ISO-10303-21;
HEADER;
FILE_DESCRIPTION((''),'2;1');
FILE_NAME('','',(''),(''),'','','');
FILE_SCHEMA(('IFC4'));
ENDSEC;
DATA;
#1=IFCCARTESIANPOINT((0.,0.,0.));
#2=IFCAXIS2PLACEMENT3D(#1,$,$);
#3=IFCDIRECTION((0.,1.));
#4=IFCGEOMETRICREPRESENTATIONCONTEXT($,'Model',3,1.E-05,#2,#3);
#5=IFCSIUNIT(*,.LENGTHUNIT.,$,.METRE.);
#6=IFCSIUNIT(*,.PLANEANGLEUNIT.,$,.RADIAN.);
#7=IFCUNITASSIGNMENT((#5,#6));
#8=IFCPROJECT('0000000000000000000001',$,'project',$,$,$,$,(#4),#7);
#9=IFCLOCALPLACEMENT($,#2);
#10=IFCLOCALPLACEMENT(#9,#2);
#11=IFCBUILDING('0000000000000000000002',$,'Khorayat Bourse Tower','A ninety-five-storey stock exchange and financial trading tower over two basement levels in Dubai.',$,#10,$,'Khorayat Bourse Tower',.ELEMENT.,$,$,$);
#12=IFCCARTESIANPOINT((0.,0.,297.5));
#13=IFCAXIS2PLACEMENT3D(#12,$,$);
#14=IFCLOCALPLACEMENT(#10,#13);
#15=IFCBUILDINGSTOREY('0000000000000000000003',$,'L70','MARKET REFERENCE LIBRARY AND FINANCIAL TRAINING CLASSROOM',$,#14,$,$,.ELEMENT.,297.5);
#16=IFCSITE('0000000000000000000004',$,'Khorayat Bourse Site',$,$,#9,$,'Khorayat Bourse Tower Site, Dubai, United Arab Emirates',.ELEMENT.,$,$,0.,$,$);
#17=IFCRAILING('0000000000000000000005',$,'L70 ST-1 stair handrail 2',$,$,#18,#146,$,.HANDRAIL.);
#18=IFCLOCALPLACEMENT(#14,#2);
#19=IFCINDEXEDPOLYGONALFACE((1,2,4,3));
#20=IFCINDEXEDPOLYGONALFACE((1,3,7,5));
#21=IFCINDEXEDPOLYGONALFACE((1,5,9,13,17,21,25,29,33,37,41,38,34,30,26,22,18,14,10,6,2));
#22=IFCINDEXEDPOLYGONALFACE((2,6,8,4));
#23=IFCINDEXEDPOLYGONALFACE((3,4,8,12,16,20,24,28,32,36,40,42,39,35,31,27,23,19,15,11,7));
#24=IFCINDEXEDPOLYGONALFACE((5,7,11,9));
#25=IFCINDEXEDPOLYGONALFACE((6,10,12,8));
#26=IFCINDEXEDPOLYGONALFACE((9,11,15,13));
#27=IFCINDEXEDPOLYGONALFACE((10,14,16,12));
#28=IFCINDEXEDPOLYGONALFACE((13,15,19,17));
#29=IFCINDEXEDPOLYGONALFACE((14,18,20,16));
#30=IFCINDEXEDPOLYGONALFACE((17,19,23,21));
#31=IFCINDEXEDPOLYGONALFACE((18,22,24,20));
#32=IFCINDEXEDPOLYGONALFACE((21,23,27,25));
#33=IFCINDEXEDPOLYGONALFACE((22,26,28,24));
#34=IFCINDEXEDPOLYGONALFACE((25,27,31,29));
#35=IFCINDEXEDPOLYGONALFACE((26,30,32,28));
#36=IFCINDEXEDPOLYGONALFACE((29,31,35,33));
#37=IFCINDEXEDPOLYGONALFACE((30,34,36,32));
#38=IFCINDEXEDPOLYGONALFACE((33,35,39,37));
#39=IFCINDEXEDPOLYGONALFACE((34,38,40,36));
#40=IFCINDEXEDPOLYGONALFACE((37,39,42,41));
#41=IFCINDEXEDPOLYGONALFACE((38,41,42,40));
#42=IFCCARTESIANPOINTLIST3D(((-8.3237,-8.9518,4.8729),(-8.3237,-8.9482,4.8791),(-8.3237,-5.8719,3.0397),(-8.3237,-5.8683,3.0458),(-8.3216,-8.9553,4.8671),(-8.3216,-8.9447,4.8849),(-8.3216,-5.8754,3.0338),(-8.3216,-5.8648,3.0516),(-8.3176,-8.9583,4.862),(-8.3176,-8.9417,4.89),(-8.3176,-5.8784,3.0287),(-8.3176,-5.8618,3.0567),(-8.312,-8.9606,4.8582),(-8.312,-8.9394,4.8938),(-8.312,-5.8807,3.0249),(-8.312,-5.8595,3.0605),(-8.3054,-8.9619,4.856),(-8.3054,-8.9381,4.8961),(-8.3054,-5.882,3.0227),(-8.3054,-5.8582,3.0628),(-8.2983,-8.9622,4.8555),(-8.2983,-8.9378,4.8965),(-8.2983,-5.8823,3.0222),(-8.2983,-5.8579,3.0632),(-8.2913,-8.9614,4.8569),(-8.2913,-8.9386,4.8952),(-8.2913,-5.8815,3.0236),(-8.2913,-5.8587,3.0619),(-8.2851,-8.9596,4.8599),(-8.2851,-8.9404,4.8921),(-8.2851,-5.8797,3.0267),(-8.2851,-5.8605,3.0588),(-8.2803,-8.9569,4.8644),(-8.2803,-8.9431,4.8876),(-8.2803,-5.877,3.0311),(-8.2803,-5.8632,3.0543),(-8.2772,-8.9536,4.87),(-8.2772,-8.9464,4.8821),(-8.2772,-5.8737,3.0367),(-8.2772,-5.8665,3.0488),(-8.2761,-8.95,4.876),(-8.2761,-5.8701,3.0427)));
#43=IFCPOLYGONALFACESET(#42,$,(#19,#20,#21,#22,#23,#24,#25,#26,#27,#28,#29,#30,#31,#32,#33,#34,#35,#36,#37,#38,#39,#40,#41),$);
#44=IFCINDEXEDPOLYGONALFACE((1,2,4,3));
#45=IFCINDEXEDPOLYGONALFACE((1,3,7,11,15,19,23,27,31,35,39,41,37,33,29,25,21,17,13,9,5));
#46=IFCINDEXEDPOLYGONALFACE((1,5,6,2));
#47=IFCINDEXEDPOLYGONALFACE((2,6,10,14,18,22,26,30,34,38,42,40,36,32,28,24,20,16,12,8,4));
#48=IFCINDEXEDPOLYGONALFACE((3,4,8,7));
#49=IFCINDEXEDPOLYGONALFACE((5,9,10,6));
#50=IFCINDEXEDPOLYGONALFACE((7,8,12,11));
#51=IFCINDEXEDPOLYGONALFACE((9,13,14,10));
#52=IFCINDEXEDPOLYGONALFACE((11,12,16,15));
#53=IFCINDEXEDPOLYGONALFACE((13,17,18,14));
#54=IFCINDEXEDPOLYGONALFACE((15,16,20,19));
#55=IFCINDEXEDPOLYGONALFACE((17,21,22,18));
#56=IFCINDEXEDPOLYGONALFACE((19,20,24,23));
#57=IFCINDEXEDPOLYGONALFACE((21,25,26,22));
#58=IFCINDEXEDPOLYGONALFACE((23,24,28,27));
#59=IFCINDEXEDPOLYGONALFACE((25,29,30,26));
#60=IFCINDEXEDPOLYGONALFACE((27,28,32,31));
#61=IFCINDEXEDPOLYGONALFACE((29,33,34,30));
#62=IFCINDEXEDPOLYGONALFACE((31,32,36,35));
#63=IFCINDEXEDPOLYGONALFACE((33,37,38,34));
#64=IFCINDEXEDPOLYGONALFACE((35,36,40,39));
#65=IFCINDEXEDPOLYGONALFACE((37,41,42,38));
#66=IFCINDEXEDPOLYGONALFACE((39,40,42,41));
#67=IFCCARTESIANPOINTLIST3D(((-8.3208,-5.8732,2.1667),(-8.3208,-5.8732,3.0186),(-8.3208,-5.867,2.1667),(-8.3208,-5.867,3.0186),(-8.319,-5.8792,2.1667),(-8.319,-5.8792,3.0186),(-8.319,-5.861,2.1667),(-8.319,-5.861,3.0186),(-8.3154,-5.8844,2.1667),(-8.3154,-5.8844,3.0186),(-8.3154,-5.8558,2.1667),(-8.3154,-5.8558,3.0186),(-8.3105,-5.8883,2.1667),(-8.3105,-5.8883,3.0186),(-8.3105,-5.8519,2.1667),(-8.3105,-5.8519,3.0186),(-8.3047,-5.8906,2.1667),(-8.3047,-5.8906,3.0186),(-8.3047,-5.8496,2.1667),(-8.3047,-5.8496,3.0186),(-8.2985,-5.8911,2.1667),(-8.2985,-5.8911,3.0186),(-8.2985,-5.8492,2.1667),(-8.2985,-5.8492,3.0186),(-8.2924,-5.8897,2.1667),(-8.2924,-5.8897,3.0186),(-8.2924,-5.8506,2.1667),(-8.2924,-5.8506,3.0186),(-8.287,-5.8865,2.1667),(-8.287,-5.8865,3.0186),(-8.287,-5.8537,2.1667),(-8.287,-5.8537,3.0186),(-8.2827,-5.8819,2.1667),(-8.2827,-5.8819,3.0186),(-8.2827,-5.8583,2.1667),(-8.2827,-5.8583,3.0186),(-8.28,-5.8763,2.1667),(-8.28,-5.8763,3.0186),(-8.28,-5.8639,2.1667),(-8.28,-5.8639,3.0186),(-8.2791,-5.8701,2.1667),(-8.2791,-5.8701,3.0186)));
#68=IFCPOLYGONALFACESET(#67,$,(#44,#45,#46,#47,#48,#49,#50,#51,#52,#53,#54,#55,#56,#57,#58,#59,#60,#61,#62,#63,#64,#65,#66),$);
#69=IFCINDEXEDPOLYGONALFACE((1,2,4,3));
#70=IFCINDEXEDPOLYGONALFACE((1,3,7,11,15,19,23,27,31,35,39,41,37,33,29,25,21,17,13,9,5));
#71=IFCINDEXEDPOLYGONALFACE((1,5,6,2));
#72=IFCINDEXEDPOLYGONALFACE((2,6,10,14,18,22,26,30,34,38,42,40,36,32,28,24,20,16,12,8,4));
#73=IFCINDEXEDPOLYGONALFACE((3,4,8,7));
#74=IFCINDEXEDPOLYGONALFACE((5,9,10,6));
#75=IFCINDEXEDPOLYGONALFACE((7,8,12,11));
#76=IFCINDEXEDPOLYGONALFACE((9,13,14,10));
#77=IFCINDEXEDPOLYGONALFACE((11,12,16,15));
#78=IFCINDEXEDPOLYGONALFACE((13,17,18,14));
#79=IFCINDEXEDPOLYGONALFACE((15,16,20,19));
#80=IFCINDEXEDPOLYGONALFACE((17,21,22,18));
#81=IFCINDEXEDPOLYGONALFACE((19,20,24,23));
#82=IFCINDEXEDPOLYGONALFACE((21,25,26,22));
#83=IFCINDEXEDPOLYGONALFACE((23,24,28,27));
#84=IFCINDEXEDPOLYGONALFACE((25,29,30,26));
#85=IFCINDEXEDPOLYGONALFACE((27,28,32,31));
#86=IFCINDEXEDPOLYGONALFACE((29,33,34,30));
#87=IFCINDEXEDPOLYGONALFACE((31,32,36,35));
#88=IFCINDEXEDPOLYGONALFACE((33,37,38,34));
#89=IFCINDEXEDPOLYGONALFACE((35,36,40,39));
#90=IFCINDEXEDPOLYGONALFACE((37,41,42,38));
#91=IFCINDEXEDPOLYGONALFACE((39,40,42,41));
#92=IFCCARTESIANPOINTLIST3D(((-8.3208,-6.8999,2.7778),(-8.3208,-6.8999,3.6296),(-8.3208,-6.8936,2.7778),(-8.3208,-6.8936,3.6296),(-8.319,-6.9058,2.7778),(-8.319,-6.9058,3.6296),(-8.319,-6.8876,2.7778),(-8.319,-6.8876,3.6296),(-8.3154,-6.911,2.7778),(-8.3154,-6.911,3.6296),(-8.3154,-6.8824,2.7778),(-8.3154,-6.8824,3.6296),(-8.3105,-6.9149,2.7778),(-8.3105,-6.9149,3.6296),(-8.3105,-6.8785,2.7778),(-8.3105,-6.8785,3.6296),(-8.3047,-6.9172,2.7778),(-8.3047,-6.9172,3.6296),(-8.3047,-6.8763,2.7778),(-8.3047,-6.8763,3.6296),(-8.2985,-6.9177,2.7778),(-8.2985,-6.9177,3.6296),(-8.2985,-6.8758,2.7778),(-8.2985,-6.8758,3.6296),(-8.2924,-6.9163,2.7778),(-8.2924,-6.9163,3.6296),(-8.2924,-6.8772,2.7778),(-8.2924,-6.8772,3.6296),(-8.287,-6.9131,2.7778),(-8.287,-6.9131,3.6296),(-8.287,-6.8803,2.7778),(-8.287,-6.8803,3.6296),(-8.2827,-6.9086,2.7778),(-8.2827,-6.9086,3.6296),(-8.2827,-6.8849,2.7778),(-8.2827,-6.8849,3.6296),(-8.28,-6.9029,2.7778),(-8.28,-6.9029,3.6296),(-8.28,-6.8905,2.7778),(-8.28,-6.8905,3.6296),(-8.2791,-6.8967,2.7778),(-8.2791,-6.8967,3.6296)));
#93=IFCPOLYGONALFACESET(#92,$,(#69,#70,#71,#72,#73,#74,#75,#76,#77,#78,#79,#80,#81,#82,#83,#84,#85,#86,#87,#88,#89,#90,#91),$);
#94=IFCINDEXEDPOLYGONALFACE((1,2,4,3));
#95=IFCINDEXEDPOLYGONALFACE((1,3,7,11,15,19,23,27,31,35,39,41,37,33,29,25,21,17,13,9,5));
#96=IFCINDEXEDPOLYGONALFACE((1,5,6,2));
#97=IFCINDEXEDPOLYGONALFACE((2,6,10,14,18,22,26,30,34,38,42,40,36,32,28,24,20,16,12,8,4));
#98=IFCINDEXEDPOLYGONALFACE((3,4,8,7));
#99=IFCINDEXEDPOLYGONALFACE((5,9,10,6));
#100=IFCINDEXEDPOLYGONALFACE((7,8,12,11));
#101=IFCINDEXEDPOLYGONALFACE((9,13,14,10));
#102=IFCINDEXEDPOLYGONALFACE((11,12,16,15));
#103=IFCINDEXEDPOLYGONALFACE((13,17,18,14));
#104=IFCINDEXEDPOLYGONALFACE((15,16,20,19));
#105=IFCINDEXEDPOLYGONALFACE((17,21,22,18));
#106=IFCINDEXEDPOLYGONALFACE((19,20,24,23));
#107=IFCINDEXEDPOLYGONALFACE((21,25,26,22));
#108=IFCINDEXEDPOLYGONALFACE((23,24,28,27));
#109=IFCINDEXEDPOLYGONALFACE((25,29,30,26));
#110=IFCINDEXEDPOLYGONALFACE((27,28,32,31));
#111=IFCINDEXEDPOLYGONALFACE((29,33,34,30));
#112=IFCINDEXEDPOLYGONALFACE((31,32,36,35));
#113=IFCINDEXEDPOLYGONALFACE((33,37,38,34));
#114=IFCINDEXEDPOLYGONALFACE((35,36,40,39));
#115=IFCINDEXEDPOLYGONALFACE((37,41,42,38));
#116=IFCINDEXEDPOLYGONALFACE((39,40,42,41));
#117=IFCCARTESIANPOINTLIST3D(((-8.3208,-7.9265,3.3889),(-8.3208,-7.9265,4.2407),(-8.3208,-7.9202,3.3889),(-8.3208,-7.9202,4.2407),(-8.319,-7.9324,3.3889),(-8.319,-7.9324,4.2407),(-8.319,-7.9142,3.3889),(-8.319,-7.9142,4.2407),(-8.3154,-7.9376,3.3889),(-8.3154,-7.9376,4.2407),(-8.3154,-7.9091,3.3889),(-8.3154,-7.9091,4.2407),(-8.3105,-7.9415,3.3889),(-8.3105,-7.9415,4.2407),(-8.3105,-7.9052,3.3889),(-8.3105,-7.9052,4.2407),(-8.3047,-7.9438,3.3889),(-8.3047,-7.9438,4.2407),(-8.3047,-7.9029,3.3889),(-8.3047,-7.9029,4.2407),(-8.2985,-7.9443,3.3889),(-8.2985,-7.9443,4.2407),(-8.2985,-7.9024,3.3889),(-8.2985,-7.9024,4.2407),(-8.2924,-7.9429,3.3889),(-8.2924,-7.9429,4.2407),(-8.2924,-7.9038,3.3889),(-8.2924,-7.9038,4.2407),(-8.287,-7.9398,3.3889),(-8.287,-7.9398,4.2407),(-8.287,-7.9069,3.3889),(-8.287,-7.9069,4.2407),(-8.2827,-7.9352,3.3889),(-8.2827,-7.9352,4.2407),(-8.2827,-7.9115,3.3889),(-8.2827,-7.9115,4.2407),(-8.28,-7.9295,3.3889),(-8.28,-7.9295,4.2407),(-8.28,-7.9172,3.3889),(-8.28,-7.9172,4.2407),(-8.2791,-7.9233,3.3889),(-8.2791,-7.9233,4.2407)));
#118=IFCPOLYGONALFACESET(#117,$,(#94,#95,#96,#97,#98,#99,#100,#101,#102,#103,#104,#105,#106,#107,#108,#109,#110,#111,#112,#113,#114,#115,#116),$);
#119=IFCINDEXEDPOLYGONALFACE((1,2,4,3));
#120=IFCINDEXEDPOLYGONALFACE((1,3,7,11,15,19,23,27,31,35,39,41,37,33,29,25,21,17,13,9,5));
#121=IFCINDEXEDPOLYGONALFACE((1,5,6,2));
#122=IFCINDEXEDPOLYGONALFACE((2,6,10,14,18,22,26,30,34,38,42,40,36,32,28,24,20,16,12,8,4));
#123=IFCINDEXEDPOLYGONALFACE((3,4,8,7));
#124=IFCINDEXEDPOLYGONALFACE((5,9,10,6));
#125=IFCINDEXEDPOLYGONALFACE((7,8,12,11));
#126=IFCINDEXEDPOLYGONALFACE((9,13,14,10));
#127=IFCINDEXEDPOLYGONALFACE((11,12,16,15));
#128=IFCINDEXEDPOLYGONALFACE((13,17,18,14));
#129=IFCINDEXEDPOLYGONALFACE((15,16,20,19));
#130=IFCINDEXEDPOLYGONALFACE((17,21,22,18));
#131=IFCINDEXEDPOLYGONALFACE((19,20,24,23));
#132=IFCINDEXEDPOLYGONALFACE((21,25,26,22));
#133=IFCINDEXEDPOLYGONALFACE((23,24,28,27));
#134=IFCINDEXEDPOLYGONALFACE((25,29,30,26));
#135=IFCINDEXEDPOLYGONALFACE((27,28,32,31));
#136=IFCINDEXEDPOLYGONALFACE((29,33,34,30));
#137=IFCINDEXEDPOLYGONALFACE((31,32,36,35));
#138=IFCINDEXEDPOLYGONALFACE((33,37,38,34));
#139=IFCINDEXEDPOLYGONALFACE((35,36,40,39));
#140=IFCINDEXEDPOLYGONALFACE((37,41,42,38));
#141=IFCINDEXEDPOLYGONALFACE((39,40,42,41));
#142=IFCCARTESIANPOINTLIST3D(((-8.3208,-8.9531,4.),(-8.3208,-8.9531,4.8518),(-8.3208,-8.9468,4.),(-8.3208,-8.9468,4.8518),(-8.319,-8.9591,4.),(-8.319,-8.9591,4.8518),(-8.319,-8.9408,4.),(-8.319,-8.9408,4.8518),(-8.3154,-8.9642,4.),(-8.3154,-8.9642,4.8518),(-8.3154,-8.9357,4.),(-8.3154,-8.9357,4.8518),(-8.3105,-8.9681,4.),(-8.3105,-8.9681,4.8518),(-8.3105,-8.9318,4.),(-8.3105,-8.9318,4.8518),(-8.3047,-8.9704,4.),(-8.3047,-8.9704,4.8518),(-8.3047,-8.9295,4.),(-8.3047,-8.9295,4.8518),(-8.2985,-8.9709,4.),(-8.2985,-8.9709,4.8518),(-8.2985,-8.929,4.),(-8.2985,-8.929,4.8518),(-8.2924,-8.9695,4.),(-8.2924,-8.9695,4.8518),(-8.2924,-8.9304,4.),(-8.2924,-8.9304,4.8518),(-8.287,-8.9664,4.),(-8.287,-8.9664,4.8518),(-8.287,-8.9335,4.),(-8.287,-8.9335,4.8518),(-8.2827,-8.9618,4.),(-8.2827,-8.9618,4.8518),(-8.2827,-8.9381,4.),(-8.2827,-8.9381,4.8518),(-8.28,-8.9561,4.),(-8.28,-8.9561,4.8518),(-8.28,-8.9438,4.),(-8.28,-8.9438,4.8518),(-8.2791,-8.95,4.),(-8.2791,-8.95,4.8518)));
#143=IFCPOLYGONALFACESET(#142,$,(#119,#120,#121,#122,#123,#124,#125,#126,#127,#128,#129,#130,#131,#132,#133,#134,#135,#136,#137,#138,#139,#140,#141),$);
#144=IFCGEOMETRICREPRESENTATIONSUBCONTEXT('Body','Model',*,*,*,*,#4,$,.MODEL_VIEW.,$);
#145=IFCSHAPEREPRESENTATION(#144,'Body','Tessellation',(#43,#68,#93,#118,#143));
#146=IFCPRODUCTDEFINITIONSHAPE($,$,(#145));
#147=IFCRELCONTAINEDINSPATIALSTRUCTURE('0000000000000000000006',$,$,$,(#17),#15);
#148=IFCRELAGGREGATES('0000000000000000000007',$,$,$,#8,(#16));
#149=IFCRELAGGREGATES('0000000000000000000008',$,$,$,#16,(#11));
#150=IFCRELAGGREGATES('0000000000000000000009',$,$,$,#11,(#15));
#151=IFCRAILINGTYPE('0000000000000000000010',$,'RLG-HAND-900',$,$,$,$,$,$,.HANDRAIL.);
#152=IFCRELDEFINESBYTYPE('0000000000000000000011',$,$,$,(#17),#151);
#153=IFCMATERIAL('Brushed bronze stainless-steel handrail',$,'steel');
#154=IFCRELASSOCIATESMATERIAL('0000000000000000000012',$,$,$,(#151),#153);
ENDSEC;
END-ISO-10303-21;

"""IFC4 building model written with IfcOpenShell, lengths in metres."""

from ifc_helpers import new_model, si_unit, direction, frame, origin, origin_2d, place, context, subcontext, project, spatial, circle, extrude, source, transform, mapped, material, type_object, element, save


model = new_model("IFC4")

# Units and contexts
model_context = context("Model", 3, precision=1e-05, world=origin(), true_north=direction((0.0, 1.0)))
body_context = subcontext(model_context, "Body", "Model", "MODEL_VIEW")
ifc_project = project(units=[si_unit("LENGTHUNIT", "METRE"), si_unit("PLANEANGLEUNIT", "RADIAN")], contexts=[model_context])

# Site, building, storey
site_placement = place(None, origin())
site = spatial("IfcSite", under=ifc_project, at=site_placement, Name="Khorayat Bourse Site", LongName="Khorayat Bourse Tower Site, Dubai, United Arab Emirates", CompositionType="ELEMENT", RefElevation=0.0)
building_placement = place(site_placement, origin())
building = spatial("IfcBuilding", under=site, at=building_placement, Name="Khorayat Bourse Tower", Description="A ninety-five-storey stock exchange and financial trading tower over two basement levels in Dubai.", LongName="Khorayat Bourse Tower", CompositionType="ELEMENT")
storey_placement = place(building_placement, frame((0.0, 0.0, 297.5)))
storey = spatial("IfcBuildingStorey", under=building, at=storey_placement, Name="L70", Description="MARKET REFERENCE LIBRARY AND FINANCIAL TRAINING CLASSROOM", CompositionType="ELEMENT", Elevation=297.5)

# Railing
ifc_material_1 = material(Name="Brushed bronze stainless-steel handrail", Category="steel")
railing_type_1 = type_object("IfcRailingType", Name="RLG-HAND-900", PredefinedType="HANDRAIL", material=ifc_material_1)
shared_shape_1 = source(origin(), body_context, "Body", "SweptSolid", [
    extrude(circle(Radius=0.0239, at=origin_2d()), frame((0.0, 0.0, 0.876), z_axis=(0.0, -0.859291, 0.511487), x_axis=(1.0, 0.0, 0.0)), (0.0, 0.0, 1.0), 3.5842),
    extrude(circle(Radius=0.021, at=origin_2d()), origin(), (0.0, 0.0, 1.0), 0.8518),
    extrude(circle(Radius=0.021, at=origin_2d()), frame((0.0, -1.0266, 0.6111)), (0.0, 0.0, 1.0), 0.8518),
    extrude(circle(Radius=0.021, at=origin_2d()), frame((0.0, -2.0532, 1.2222)), (0.0, 0.0, 1.0), 0.8518),
    extrude(circle(Radius=0.021, at=origin_2d()), frame((0.0, -3.0798, 1.8333)), (0.0, 0.0, 1.0), 0.8518),
])
railing_1_placement = place(storey_placement, frame((-8.3, -5.8701, 2.1667)))
element("IfcRailing", 1, at=railing_1_placement, inside=storey, type_object=railing_type_1, Name="L70 ST-1 stair handrail 2", PredefinedType="HANDRAIL", context=body_context, shape_type="MappedRepresentation", body=[
    mapped(shared_shape_1, transform((0.0, 0.0, 0.0), scale=1.0)),
])

save(model, "model.ifc")
